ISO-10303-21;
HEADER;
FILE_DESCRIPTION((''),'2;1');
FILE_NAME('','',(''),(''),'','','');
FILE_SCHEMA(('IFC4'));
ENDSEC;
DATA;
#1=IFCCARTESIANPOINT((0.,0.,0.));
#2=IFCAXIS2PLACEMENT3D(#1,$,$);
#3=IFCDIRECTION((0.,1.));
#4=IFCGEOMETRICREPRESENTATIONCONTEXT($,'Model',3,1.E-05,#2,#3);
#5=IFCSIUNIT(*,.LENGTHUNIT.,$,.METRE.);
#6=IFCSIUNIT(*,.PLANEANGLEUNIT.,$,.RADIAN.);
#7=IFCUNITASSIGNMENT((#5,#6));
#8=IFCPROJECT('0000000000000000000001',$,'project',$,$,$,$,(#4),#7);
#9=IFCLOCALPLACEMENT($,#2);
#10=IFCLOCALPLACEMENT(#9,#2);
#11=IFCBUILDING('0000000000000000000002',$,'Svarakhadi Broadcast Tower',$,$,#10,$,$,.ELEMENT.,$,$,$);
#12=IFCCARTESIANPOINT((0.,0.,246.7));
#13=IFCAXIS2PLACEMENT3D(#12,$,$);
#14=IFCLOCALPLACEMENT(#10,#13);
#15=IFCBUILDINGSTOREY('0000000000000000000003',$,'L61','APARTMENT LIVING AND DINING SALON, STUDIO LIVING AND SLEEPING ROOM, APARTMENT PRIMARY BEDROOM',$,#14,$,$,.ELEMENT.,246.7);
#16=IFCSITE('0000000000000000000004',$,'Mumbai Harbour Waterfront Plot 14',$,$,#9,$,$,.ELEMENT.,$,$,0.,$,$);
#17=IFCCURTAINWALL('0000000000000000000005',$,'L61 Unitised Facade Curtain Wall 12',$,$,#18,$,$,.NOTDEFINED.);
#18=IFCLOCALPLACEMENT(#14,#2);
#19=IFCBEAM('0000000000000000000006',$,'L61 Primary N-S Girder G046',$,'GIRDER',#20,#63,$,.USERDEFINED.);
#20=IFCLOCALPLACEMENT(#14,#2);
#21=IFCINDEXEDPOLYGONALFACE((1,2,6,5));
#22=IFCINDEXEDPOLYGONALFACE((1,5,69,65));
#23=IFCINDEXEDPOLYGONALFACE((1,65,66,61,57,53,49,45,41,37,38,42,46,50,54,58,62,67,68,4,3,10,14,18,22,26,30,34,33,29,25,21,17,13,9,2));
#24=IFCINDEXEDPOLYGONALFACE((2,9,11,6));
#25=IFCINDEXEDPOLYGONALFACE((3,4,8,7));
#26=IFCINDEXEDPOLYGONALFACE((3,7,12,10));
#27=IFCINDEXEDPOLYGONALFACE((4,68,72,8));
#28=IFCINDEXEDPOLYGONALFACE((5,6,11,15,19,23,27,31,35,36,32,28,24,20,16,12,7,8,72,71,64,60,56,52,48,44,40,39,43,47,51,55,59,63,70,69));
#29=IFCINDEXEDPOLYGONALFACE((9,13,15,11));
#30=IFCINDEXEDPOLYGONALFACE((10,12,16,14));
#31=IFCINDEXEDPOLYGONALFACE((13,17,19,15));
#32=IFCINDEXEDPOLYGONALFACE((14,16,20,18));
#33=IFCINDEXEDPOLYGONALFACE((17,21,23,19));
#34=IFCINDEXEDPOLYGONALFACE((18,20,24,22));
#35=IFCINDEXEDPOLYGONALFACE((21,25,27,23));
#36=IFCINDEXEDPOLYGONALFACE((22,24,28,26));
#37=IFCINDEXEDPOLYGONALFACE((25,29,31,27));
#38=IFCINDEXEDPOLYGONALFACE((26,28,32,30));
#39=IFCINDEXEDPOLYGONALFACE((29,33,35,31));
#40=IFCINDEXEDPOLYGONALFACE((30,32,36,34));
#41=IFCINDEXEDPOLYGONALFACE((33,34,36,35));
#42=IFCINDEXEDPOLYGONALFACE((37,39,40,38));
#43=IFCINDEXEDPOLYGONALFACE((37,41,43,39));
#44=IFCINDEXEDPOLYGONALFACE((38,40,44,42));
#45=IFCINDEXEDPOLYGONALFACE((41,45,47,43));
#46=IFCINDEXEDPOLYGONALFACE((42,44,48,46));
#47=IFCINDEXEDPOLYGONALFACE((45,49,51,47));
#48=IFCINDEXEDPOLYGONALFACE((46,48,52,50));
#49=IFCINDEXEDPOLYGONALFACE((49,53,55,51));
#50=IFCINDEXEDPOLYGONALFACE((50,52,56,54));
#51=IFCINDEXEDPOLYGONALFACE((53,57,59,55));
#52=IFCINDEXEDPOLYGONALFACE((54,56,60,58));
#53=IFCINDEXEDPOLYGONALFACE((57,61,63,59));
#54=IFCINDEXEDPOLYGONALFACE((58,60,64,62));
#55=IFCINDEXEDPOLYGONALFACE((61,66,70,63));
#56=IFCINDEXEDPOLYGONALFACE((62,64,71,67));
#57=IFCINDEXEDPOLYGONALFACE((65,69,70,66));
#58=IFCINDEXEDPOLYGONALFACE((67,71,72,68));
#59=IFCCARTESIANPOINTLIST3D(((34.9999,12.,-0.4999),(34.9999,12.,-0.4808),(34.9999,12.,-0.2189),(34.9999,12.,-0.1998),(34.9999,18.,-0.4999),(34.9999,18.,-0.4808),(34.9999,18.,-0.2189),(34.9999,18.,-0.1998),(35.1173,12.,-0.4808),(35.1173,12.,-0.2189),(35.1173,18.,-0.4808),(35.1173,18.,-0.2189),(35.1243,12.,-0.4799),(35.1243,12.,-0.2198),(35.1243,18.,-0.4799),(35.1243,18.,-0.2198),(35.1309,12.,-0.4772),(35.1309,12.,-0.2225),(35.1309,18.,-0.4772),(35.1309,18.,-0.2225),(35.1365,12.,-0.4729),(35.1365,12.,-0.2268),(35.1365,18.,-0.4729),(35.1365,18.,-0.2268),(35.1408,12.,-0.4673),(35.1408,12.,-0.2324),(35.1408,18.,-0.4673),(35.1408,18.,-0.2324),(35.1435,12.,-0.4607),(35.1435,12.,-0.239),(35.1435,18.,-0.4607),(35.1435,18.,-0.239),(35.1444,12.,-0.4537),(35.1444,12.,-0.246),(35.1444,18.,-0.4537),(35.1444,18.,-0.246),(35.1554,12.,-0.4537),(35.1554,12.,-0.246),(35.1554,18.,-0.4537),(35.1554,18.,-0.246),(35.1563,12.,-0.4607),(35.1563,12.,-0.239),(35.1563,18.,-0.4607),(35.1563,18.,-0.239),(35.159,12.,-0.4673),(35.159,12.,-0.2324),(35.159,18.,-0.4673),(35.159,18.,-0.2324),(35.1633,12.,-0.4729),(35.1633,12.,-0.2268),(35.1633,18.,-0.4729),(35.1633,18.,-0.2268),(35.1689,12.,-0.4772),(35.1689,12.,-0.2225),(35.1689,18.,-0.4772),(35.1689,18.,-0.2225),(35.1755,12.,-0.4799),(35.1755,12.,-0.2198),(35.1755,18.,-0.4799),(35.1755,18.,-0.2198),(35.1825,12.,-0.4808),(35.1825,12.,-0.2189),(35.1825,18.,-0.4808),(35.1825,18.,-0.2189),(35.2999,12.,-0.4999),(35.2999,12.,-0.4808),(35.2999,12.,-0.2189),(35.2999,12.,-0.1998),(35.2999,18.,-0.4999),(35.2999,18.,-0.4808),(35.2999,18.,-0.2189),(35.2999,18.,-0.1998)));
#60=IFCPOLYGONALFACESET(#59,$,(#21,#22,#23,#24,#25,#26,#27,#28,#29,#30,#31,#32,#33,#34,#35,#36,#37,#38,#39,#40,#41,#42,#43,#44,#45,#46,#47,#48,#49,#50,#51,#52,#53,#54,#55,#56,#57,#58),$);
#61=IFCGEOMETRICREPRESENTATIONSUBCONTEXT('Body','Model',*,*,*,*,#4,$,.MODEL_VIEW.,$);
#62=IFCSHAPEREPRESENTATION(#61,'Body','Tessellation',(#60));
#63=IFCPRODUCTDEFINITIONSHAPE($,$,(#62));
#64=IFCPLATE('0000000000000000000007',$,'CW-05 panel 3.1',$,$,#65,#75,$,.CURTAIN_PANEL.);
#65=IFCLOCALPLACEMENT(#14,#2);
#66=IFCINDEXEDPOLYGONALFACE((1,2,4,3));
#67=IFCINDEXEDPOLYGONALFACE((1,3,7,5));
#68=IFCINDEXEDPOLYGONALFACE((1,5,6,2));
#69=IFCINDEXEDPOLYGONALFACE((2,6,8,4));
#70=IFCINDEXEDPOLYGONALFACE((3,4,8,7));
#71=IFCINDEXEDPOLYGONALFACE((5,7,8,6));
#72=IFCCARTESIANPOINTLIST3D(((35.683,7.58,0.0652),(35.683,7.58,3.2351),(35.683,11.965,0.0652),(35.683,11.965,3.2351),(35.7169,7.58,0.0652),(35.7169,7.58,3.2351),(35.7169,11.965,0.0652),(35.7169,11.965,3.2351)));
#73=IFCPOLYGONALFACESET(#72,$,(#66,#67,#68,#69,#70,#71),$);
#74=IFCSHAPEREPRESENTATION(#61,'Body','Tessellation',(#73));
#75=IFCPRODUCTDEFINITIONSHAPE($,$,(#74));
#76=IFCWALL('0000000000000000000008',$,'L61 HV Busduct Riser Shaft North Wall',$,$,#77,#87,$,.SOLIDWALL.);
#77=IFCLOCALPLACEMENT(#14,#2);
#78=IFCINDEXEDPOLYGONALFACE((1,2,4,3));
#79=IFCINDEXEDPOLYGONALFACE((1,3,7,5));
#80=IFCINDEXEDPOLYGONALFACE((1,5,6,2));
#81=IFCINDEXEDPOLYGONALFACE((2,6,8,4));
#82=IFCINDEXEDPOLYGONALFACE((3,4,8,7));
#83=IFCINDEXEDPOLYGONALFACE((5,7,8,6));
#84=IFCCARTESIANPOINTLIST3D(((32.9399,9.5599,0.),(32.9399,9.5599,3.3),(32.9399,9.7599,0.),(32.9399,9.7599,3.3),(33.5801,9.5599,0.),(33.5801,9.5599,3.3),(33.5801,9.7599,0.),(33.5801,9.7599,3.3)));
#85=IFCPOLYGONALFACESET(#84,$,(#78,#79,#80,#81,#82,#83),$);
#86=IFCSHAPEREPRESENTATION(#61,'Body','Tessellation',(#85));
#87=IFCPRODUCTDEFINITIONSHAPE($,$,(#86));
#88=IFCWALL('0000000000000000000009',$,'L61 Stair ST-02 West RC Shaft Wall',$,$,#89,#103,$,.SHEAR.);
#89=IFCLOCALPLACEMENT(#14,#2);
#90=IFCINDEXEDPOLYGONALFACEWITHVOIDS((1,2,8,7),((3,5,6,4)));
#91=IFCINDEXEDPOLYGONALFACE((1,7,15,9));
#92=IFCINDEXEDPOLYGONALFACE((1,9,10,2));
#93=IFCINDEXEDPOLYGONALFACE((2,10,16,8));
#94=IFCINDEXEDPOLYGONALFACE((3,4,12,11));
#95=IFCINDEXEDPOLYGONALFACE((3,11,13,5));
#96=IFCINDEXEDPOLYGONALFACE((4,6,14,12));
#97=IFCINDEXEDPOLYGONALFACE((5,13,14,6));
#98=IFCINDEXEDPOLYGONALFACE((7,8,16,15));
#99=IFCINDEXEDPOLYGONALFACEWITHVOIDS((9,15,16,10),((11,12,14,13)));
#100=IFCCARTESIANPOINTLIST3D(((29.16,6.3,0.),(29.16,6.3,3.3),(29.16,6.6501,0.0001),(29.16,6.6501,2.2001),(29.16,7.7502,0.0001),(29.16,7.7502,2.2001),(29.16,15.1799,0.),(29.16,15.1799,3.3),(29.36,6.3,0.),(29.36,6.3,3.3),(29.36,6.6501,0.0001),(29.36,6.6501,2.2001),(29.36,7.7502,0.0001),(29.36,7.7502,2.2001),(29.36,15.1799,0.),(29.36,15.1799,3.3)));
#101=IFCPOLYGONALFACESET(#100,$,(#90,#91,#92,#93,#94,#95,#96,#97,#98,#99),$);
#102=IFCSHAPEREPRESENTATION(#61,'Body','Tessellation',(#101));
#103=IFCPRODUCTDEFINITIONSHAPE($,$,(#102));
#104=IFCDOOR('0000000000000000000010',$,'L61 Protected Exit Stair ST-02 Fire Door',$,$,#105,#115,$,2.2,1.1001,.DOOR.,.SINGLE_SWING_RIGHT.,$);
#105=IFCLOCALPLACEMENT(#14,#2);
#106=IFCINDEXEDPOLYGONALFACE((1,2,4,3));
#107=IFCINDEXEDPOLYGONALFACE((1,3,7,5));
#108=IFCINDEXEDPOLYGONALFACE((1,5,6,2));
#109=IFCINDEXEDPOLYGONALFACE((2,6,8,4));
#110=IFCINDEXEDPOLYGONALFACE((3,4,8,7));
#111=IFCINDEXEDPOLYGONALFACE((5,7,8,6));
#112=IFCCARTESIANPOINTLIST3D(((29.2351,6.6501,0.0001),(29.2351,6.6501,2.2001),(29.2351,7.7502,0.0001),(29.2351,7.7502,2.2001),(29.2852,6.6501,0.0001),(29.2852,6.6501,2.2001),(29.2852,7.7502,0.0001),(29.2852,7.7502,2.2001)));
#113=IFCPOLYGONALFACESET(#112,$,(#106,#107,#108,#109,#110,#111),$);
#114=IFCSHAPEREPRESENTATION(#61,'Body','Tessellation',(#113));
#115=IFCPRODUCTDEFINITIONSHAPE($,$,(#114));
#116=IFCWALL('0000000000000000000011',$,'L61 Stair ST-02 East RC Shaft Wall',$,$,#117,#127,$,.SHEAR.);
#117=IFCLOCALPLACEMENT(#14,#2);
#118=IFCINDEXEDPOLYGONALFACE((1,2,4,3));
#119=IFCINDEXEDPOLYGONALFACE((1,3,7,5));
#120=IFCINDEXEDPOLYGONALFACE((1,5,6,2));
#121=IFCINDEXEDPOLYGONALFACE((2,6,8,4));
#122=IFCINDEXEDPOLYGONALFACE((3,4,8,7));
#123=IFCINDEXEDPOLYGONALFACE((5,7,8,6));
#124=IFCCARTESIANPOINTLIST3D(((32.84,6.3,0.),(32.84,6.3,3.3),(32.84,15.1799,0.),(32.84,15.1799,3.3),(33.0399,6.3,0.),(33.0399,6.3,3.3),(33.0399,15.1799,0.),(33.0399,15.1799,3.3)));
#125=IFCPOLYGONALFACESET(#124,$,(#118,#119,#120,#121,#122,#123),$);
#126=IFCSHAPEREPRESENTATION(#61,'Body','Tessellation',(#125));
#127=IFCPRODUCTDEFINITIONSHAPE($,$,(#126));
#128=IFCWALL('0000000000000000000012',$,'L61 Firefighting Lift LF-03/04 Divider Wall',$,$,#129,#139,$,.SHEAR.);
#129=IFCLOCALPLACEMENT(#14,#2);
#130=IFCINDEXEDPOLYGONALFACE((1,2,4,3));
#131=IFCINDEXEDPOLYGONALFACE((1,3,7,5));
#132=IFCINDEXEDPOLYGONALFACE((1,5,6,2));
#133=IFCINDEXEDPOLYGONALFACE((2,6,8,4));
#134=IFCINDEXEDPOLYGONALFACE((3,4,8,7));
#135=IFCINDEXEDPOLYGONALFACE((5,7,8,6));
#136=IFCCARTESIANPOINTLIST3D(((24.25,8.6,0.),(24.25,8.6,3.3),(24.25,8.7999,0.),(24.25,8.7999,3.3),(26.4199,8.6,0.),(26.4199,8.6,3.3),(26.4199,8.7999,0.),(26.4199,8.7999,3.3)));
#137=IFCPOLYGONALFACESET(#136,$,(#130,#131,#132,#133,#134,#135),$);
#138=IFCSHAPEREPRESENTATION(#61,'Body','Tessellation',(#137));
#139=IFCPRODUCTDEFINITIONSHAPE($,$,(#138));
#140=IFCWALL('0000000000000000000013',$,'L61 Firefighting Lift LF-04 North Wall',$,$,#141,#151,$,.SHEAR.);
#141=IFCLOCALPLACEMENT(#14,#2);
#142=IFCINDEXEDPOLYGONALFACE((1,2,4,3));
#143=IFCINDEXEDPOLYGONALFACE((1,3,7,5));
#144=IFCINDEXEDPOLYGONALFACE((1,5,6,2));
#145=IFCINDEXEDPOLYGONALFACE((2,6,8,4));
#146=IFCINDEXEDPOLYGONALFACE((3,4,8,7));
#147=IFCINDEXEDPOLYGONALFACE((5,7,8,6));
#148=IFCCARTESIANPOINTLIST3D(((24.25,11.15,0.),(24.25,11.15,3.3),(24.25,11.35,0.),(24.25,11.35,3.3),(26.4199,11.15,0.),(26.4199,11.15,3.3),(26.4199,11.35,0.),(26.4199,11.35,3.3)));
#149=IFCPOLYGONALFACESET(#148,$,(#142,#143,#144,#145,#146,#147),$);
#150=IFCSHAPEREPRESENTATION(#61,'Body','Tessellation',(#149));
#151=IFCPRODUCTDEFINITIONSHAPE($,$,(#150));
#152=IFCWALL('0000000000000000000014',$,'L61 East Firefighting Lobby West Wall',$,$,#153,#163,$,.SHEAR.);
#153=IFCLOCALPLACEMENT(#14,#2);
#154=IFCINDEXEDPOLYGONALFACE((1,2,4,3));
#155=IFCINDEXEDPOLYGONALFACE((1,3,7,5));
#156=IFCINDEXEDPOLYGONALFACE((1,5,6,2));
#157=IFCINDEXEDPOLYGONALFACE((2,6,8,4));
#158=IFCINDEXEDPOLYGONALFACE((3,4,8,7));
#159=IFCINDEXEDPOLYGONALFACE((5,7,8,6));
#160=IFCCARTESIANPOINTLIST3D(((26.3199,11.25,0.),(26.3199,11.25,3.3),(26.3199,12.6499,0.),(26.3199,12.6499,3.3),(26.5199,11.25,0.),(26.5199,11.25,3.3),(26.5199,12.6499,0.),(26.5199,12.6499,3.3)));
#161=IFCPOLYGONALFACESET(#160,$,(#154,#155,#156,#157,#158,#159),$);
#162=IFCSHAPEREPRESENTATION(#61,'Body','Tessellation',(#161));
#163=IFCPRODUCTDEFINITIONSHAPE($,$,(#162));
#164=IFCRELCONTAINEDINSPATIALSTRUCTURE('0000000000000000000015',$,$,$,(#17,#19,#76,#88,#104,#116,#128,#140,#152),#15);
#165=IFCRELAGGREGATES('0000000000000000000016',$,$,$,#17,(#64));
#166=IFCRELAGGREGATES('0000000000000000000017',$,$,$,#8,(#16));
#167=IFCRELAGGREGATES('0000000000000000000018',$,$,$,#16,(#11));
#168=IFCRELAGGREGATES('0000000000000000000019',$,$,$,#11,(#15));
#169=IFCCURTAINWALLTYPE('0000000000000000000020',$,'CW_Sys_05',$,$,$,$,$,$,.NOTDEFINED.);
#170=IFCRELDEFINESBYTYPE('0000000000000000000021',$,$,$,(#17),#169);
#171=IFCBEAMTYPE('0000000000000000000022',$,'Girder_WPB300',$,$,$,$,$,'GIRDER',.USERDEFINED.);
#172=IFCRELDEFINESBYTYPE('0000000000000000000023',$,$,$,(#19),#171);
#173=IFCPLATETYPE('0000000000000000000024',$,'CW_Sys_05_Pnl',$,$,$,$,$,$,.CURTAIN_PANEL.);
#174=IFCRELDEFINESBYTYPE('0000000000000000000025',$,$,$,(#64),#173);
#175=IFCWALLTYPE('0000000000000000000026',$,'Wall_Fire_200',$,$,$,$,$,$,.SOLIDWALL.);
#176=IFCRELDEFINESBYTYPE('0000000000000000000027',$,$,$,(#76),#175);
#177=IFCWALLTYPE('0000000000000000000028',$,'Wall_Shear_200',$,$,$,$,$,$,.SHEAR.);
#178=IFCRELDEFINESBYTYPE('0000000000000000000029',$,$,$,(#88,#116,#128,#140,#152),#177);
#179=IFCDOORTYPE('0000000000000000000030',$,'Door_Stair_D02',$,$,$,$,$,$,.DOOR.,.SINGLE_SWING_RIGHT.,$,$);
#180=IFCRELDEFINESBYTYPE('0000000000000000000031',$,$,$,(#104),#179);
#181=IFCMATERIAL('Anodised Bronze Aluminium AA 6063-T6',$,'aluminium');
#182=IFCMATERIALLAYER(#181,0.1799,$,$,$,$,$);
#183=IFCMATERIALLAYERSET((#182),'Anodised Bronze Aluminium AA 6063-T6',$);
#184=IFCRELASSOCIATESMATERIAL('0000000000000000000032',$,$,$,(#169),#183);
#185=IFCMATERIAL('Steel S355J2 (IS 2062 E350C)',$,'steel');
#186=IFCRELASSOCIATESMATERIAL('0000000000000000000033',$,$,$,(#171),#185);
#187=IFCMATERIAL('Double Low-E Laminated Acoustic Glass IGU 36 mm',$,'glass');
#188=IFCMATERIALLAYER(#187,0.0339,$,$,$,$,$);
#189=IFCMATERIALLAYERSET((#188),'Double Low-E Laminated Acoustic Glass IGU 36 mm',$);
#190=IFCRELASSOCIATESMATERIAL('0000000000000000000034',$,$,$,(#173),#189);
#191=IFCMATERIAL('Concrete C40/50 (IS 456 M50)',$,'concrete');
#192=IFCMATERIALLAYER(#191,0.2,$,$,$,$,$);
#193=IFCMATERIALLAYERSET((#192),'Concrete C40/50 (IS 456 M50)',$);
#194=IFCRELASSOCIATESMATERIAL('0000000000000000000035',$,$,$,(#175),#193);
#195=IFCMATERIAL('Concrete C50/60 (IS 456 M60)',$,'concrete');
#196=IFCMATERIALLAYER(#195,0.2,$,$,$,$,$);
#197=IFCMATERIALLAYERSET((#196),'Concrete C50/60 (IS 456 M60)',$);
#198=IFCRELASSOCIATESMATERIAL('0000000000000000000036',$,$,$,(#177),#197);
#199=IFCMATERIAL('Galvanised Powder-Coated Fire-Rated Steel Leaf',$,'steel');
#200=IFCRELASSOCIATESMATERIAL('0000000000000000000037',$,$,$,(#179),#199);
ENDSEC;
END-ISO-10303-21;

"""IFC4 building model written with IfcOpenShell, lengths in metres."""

from ifc_helpers import new_model, si_unit, direction, frame, frame_2d, origin, origin_2d, place, context, subcontext, project, spatial, rectangle, i_section, extrude, material, layer, layer_set, material_profile, profile_set, type_object, element, fill, aggregate, save


model = new_model("IFC4")

# Units and contexts
model_context = context("Model", 3, precision=1e-05, world=origin(), true_north=direction((0.0, 1.0)))
body_context = subcontext(model_context, "Body", "Model", "MODEL_VIEW")
ifc_project = project(units=[si_unit("LENGTHUNIT", "METRE"), si_unit("PLANEANGLEUNIT", "RADIAN")], contexts=[model_context])

# Site, building, storey
site_placement = place(None, origin())
site = spatial("IfcSite", under=ifc_project, at=site_placement, Name="Mumbai Harbour Waterfront Plot 14", CompositionType="ELEMENT", RefElevation=0.0)
building_placement = place(site_placement, origin())
building = spatial("IfcBuilding", under=site, at=building_placement, Name="Svarakhadi Broadcast Tower", CompositionType="ELEMENT")
storey_placement = place(building_placement, frame((0.0, 0.0, 246.7)))
storey = spatial("IfcBuildingStorey", under=building, at=storey_placement, Name="L61", Description="APARTMENT LIVING AND DINING SALON, STUDIO LIVING AND SLEEPING ROOM, APARTMENT PRIMARY BEDROOM", CompositionType="ELEMENT", Elevation=246.7)

# Curtain wall
ifc_material_1 = material(Name="Anodised Bronze Aluminium AA 6063-T6", Category="aluminium")
ifc_layer_1 = layer(ifc_material_1, 0.1799)
ifc_layer_set_1 = layer_set([ifc_layer_1], Name="Anodised Bronze Aluminium AA 6063-T6")
curtain_wall_type = type_object("IfcCurtainWallType", Name="CW_Sys_05", PredefinedType="NOTDEFINED", material=ifc_layer_set_1)
curtain_wall_placement = place(storey_placement, origin())
curtain_wall = element("IfcCurtainWall", 1, at=curtain_wall_placement, inside=storey, type_object=curtain_wall_type, Name="L61 Unitised Facade Curtain Wall 12", PredefinedType="NOTDEFINED")

# Beam
ifc_material_2 = material(Name="Concrete C50/60 (IS 456 M60)", Category="concrete")
ifc_material_3 = material(Name="Steel S355J2 (IS 2062 E350C)", Category="steel")
ifc_material_profile_1 = material_profile(ifc_material_3, i_section(OverallWidth=0.3, OverallDepth=0.3, WebThickness=0.011, FlangeThickness=0.019, FilletRadius=0.0271, at=origin_2d()), Name="WPB 300x300x117")
ifc_profile_set_1 = profile_set([ifc_material_profile_1], Name="Steel S355J2 (IS 2062 E350C)")
beam_type_1 = type_object("IfcBeamType", Name="Girder_WPB300", ElementType="GIRDER", PredefinedType="USERDEFINED", material=ifc_profile_set_1)
beam_1_placement = place(storey_placement, frame((35.1499, 12.0, -0.3499), z_axis=(0.0, 1.0, 0.0), x_axis=(-1.0, 0.0, 0.0)))
element("IfcBeam", 2, at=beam_1_placement, inside=storey, type_object=beam_type_1, Name="L61 Primary N-S Girder G046", ObjectType="GIRDER", PredefinedType="USERDEFINED", context=body_context, shape_type="SweptSolid", body=[
    extrude(i_section(OverallWidth=0.3, OverallDepth=0.3, WebThickness=0.011, FlangeThickness=0.019, FilletRadius=0.0271, at=origin_2d()), origin(), (0.0, 0.0, 1.0), 6.0),
])

# Plate
ifc_material_4 = material(Name="Double Low-E Laminated Acoustic Glass IGU 36 mm", Category="glass")
ifc_layer_2 = layer(ifc_material_4, 0.0339)
ifc_layer_set_2 = layer_set([ifc_layer_2], Name="Double Low-E Laminated Acoustic Glass IGU 36 mm")
plate_type = type_object("IfcPlateType", Name="CW_Sys_05_Pnl", PredefinedType="CURTAIN_PANEL", material=ifc_layer_set_2)
plate_placement = place(storey_placement, frame((35.7, 9.7725, 0.0652), z_axis=(0.0, 0.0, 1.0), x_axis=(0.0, -1.0, 0.0)))
plate = element("IfcPlate", 3, at=plate_placement, type_object=plate_type, Name="CW-05 panel 3.1", PredefinedType="CURTAIN_PANEL", context=body_context, shape_type="SweptSolid", body=[
    extrude(rectangle(XDim=4.385, YDim=0.0339, at=origin_2d()), origin(), (0.0, 0.0, 1.0), 3.1699),
])
aggregate(curtain_wall, [plate])

# Wall
ifc_material_5 = material(Name="Concrete C40/50 (IS 456 M50)", Category="concrete")
ifc_layer_3 = layer(ifc_material_5, 0.2)
ifc_layer_set_3 = layer_set([ifc_layer_3], Name="Concrete C40/50 (IS 456 M50)")
wall_type_1 = type_object("IfcWallType", Name="Wall_Fire_200", PredefinedType="SOLIDWALL", material=ifc_layer_set_3)
wall_1_placement = place(storey_placement, frame((32.9399, 9.6599, 0.0), z_axis=(0.0, 0.0, 1.0), x_axis=(1.0, 0.0, 0.0)))
element("IfcWall", 4, at=wall_1_placement, inside=storey, type_object=wall_type_1, Name="L61 HV Busduct Riser Shaft North Wall", PredefinedType="SOLIDWALL", context=body_context, shape_type="SweptSolid", body=[
    extrude(rectangle(XDim=0.6401, YDim=0.2, at=frame_2d((0.3201, 0.0))), origin(), (0.0, 0.0, 1.0), 3.3),
])

# Wall, opening, door
ifc_layer_4 = layer(ifc_material_2, 0.2)
ifc_layer_set_4 = layer_set([ifc_layer_4], Name="Concrete C50/60 (IS 456 M60)")
wall_type_2 = type_object("IfcWallType", Name="Wall_Shear_200", PredefinedType="SHEAR", material=ifc_layer_set_4)
wall_2_placement = place(storey_placement, frame((29.26, 6.3, 0.0), z_axis=(0.0, 0.0, 1.0), x_axis=(0.0, 1.0, 0.0)))
wall_2 = element("IfcWall", 5, at=wall_2_placement, inside=storey, type_object=wall_type_2, Name="L61 Stair ST-02 West RC Shaft Wall", PredefinedType="SHEAR", context=body_context, shape_type="SweptSolid", body=[
    extrude(rectangle(XDim=8.8799, YDim=0.2, at=frame_2d((4.4399, 0.0))), origin(), (0.0, 0.0, 1.0), 3.3),
])
opening_placement = place(wall_2_placement, frame((0.3501, 0.0, 0.0)))
opening = element("IfcOpeningElement", 6, at=opening_placement, cuts=wall_2, PredefinedType="OPENING", context=body_context, shape_type="SweptSolid", body=[
    extrude(rectangle(XDim=1.1001, YDim=2.2, at=frame_2d((0.55, 1.1001))), frame((0.0, 0.1099, 0.0), z_axis=(0.0, -1.0, 0.0), x_axis=(1.0, 0.0, 0.0)), (0.0, 0.0, 1.0), 0.22),
])
ifc_material_6 = material(Name="Galvanised Powder-Coated Fire-Rated Steel Leaf", Category="steel")
door_type = type_object("IfcDoorType", Name="Door_Stair_D02", OperationType="SINGLE_SWING_RIGHT", PredefinedType="DOOR", material=ifc_material_6)
door_placement = place(opening_placement, origin())
door = element("IfcDoor", 7, at=door_placement, inside=storey, type_object=door_type, Name="L61 Protected Exit Stair ST-02 Fire Door", OperationType="SINGLE_SWING_RIGHT", OverallHeight=2.2, OverallWidth=1.1001, PredefinedType="DOOR", context=body_context, shape_type="SweptSolid", body=[
    extrude(rectangle(XDim=1.1001, YDim=2.2, at=frame_2d((0.55, 1.1001))), frame((0.0, 0.0249, 0.0), z_axis=(0.0, -1.0, 0.0), x_axis=(1.0, 0.0, 0.0)), (0.0, 0.0, 1.0), 0.05),
])
fill(opening, door)

# Walls
wall_3_placement = place(storey_placement, frame((32.9399, 6.3, 0.0), z_axis=(0.0, 0.0, 1.0), x_axis=(0.0, 1.0, 0.0)))
element("IfcWall", 8, at=wall_3_placement, inside=storey, type_object=wall_type_2, Name="L61 Stair ST-02 East RC Shaft Wall", PredefinedType="SHEAR", context=body_context, shape_type="SweptSolid", body=[
    extrude(rectangle(XDim=8.8799, YDim=0.2, at=frame_2d((4.4399, 0.0))), origin(), (0.0, 0.0, 1.0), 3.3),
])
for number, where, z_axis, x_axis, name in (
    (9, (24.25, 8.7, 0.0), (0.0, 0.0, 1.0), (1.0, 0.0, 0.0), "L61 Firefighting Lift LF-03/04 Divider Wall"),
    (10, (24.25, 11.25, 0.0), (0.0, 0.0, 1.0), (1.0, 0.0, 0.0), "L61 Firefighting Lift LF-04 North Wall"),
):
    element("IfcWall", number, at=place(storey_placement, frame(where, z_axis=z_axis, x_axis=x_axis)), inside=storey, type_object=wall_type_2, Name=name, PredefinedType="SHEAR", context=body_context, shape_type="SweptSolid", body=[
        extrude(rectangle(XDim=2.1699, YDim=0.2, at=frame_2d((1.085, 0.0))), origin(), (0.0, 0.0, 1.0), 3.3),
    ])
wall_4_placement = place(storey_placement, frame((26.4199, 11.25, 0.0), z_axis=(0.0, 0.0, 1.0), x_axis=(0.0, 1.0, 0.0)))
element("IfcWall", 11, at=wall_4_placement, inside=storey, type_object=wall_type_2, Name="L61 East Firefighting Lobby West Wall", PredefinedType="SHEAR", context=body_context, shape_type="SweptSolid", body=[
    extrude(rectangle(XDim=1.3999, YDim=0.2, at=frame_2d((0.7, 0.0))), origin(), (0.0, 0.0, 1.0), 3.3),
])

save(model, "model.ifc")
